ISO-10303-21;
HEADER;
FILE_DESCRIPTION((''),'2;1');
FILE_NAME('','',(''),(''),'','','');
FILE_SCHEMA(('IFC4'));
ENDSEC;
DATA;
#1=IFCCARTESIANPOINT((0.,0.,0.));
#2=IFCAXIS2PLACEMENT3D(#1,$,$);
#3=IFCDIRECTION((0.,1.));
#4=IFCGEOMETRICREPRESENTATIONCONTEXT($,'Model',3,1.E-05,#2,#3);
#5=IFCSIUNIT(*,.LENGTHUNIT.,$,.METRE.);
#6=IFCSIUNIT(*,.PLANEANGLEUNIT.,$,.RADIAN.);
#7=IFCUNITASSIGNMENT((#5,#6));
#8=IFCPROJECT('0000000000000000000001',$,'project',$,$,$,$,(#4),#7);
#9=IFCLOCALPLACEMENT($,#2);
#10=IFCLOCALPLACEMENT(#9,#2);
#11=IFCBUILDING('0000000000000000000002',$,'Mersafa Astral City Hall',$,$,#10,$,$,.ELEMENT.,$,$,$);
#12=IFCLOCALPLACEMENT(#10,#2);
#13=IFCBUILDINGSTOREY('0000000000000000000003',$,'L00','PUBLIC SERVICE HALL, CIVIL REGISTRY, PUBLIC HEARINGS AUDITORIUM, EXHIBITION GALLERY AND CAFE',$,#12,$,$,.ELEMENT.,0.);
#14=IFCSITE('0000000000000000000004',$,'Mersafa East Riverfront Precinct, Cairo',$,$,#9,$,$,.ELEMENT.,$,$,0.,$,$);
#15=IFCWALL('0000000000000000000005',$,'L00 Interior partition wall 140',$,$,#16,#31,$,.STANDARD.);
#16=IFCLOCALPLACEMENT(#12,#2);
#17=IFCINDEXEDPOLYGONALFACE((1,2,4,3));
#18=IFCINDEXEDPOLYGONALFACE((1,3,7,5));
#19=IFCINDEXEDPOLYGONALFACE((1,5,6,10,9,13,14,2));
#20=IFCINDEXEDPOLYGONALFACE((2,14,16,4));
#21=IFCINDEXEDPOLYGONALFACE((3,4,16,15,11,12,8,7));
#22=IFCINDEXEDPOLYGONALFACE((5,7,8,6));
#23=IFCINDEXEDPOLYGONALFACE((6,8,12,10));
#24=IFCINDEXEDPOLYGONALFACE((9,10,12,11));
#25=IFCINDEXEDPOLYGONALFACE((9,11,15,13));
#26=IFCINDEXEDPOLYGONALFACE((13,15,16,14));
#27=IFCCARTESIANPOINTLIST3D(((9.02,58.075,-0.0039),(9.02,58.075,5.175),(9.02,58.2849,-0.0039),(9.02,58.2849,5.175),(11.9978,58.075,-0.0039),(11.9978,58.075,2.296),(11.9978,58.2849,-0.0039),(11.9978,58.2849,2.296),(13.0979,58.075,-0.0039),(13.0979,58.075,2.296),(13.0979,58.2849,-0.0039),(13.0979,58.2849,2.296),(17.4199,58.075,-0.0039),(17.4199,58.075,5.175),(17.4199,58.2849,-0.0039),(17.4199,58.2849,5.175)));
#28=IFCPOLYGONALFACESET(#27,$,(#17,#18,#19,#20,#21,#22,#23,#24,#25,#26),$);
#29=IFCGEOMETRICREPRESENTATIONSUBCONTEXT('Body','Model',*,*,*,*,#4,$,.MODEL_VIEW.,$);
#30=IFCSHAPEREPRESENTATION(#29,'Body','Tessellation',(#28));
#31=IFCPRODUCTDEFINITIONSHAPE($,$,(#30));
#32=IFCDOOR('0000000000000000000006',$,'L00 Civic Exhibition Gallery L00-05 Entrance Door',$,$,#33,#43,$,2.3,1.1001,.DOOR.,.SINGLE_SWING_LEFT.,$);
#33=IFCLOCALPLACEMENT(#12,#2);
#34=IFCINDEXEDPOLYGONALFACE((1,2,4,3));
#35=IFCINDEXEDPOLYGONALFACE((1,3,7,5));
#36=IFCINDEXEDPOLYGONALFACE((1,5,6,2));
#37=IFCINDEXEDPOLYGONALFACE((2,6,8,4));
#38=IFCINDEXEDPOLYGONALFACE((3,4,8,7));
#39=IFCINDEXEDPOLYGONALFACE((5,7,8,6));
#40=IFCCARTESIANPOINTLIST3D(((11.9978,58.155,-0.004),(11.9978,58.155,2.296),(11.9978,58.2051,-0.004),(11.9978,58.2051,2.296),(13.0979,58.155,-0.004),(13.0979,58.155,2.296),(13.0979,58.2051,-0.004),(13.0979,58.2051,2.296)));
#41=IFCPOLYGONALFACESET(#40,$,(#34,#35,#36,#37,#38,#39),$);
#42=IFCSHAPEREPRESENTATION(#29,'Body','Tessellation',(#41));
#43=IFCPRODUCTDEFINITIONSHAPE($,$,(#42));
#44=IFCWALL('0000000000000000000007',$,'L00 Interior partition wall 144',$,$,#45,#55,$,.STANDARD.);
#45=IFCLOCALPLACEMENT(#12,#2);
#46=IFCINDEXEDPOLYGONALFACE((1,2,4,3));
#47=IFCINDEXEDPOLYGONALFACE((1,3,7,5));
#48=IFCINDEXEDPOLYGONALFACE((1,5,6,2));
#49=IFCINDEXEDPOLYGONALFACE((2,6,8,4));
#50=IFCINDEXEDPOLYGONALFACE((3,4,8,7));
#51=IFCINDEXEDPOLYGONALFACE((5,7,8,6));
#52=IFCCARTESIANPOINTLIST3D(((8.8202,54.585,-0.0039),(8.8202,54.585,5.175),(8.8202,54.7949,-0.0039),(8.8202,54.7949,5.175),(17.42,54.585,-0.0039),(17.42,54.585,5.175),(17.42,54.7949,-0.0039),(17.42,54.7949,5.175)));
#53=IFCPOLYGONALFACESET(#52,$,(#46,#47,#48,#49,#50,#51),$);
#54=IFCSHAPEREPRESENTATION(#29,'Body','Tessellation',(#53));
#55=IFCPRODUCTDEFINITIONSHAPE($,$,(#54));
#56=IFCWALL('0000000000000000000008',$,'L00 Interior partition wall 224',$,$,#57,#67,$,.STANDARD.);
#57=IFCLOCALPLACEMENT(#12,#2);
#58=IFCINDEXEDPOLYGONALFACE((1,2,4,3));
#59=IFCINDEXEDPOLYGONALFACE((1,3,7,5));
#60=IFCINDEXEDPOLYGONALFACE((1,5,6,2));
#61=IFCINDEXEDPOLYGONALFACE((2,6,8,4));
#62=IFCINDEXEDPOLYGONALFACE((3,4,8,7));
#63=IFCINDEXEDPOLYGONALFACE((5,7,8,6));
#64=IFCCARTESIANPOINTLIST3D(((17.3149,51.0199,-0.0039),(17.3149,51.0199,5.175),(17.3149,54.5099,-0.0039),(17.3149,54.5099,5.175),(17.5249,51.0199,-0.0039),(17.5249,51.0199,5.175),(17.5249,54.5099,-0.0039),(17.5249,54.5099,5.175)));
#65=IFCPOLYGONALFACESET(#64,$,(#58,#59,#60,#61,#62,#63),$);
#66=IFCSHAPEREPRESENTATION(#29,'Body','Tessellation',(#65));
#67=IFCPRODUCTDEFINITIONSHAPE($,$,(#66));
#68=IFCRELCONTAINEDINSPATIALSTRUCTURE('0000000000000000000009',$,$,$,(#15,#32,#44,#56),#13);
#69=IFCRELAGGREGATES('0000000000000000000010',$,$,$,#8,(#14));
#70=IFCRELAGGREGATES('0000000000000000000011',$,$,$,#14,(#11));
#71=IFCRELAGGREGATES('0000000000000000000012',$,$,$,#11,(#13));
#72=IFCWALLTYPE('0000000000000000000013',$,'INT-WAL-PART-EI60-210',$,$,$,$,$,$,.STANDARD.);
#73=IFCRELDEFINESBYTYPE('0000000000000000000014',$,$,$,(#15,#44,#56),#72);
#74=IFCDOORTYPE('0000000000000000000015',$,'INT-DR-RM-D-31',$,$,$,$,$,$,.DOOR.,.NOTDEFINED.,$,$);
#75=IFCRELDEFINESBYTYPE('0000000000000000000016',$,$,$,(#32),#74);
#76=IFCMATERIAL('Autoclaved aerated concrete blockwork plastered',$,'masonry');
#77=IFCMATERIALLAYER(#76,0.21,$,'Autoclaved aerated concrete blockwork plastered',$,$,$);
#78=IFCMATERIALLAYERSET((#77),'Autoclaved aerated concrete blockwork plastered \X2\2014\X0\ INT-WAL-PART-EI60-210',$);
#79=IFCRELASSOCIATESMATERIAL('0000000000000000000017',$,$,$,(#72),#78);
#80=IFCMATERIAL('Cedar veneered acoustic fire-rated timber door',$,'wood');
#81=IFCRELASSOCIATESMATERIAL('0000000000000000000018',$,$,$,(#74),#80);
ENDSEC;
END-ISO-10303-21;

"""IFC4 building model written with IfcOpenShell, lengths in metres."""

from ifc_helpers import new_model, si_unit, direction, frame, frame_2d, origin, place, context, subcontext, project, spatial, rectangle, extrude, material, layer, layer_set, type_object, element, fill, save


model = new_model("IFC4")

# Units and contexts
model_context = context("Model", 3, precision=1e-05, world=origin(), true_north=direction((0.0, 1.0)))
body_context = subcontext(model_context, "Body", "Model", "MODEL_VIEW")
ifc_project = project(units=[si_unit("LENGTHUNIT", "METRE"), si_unit("PLANEANGLEUNIT", "RADIAN")], contexts=[model_context])

# Site, building, storey
site_placement = place(None, origin())
site = spatial("IfcSite", under=ifc_project, at=site_placement, Name="Mersafa East Riverfront Precinct, Cairo", CompositionType="ELEMENT", RefElevation=0.0)
building_placement = place(site_placement, origin())
building = spatial("IfcBuilding", under=site, at=building_placement, Name="Mersafa Astral City Hall", CompositionType="ELEMENT")
storey_placement = place(building_placement, origin())
storey = spatial("IfcBuildingStorey", under=building, at=storey_placement, Name="L00", Description="PUBLIC SERVICE HALL, CIVIL REGISTRY, PUBLIC HEARINGS AUDITORIUM, EXHIBITION GALLERY AND CAFE", CompositionType="ELEMENT", Elevation=0.0)

# Shared definitions
ifc_material_1 = material(Name="Cedar veneered acoustic fire-rated timber door", Category="wood")

# Wall, opening, door
ifc_material_2 = material(Name="Autoclaved aerated concrete blockwork plastered", Category="masonry")
ifc_layer_1 = layer(ifc_material_2, 0.21, Name="Autoclaved aerated concrete blockwork plastered")
ifc_layer_set_1 = layer_set([ifc_layer_1], Name="Autoclaved aerated concrete blockwork plastered — INT-WAL-PART-EI60-210")
wall_type_1 = type_object("IfcWallType", Name="INT-WAL-PART-EI60-210", PredefinedType="STANDARD", material=ifc_layer_set_1)
wall_1_placement = place(storey_placement, frame((17.4199, 58.1799, -0.0039), z_axis=(0.0, 0.0, 1.0), x_axis=(-1.0, 0.0, 0.0)))
wall_1 = element("IfcWall", 1, at=wall_1_placement, inside=storey, type_object=wall_type_1, Name="L00 Interior partition wall 140", PredefinedType="STANDARD", context=body_context, shape_type="SweptSolid", body=[
    extrude(rectangle(XDim=8.3999, YDim=0.21, at=frame_2d((4.2, 0.0))), origin(), (0.0, 0.0, 1.0), 5.179),
])
opening_1_placement = place(wall_1_placement, frame((4.322, 0.0, 0.0)))
opening_1 = element("IfcOpeningElement", 2, at=opening_1_placement, cuts=wall_1, PredefinedType="OPENING", context=body_context, shape_type="SweptSolid", body=[
    extrude(rectangle(XDim=1.1001, YDim=2.3, at=frame_2d((0.55, 1.1499))), frame((0.0, 0.115, 0.0), z_axis=(0.0, -1.0, 0.0), x_axis=(1.0, 0.0, 0.0)), (0.0, 0.0, 1.0), 0.23),
])
door_type_1 = type_object("IfcDoorType", Name="INT-DR-RM-D-31", OperationType="NOTDEFINED", PredefinedType="DOOR", material=ifc_material_1)
door_1_placement = place(opening_1_placement, origin())
door_1 = element("IfcDoor", 3, at=door_1_placement, inside=storey, type_object=door_type_1, Name="L00 Civic Exhibition Gallery L00-05 Entrance Door", OperationType="SINGLE_SWING_LEFT", OverallHeight=2.3, OverallWidth=1.1001, PredefinedType="DOOR", context=body_context, shape_type="SweptSolid", body=[
    extrude(rectangle(XDim=1.1001, YDim=2.3, at=frame_2d((0.55, 1.1499))), frame((0.0, 0.0249, 0.0), z_axis=(0.0, -1.0, 0.0), x_axis=(1.0, 0.0, 0.0)), (0.0, 0.0, 1.0), 0.05),
])
fill(opening_1, door_1)

# Walls
wall_2_placement = place(storey_placement, frame((17.4199, 54.6899, -0.0039), z_axis=(0.0, 0.0, 1.0), x_axis=(-1.0, 0.0, 0.0)))
element("IfcWall", 4, at=wall_2_placement, inside=storey, type_object=wall_type_1, Name="L00 Interior partition wall 144", PredefinedType="STANDARD", context=body_context, shape_type="SweptSolid", body=[
    extrude(rectangle(XDim=8.5999, YDim=0.21, at=frame_2d((4.2998, 0.0))), origin(), (0.0, 0.0, 1.0), 5.179),
])
wall_3_placement = place(storey_placement, frame((17.4199, 54.51, -0.0039), z_axis=(0.0, 0.0, 1.0), x_axis=(0.0, -1.0, 0.0)))
element("IfcWall", 5, at=wall_3_placement, inside=storey, type_object=wall_type_1, Name="L00 Interior partition wall 224", PredefinedType="STANDARD", context=body_context, shape_type="SweptSolid", body=[
    extrude(rectangle(XDim=3.49, YDim=0.21, at=frame_2d((1.7451, 0.0))), origin(), (0.0, 0.0, 1.0), 5.179),
])

save(model, "model.ifc")
